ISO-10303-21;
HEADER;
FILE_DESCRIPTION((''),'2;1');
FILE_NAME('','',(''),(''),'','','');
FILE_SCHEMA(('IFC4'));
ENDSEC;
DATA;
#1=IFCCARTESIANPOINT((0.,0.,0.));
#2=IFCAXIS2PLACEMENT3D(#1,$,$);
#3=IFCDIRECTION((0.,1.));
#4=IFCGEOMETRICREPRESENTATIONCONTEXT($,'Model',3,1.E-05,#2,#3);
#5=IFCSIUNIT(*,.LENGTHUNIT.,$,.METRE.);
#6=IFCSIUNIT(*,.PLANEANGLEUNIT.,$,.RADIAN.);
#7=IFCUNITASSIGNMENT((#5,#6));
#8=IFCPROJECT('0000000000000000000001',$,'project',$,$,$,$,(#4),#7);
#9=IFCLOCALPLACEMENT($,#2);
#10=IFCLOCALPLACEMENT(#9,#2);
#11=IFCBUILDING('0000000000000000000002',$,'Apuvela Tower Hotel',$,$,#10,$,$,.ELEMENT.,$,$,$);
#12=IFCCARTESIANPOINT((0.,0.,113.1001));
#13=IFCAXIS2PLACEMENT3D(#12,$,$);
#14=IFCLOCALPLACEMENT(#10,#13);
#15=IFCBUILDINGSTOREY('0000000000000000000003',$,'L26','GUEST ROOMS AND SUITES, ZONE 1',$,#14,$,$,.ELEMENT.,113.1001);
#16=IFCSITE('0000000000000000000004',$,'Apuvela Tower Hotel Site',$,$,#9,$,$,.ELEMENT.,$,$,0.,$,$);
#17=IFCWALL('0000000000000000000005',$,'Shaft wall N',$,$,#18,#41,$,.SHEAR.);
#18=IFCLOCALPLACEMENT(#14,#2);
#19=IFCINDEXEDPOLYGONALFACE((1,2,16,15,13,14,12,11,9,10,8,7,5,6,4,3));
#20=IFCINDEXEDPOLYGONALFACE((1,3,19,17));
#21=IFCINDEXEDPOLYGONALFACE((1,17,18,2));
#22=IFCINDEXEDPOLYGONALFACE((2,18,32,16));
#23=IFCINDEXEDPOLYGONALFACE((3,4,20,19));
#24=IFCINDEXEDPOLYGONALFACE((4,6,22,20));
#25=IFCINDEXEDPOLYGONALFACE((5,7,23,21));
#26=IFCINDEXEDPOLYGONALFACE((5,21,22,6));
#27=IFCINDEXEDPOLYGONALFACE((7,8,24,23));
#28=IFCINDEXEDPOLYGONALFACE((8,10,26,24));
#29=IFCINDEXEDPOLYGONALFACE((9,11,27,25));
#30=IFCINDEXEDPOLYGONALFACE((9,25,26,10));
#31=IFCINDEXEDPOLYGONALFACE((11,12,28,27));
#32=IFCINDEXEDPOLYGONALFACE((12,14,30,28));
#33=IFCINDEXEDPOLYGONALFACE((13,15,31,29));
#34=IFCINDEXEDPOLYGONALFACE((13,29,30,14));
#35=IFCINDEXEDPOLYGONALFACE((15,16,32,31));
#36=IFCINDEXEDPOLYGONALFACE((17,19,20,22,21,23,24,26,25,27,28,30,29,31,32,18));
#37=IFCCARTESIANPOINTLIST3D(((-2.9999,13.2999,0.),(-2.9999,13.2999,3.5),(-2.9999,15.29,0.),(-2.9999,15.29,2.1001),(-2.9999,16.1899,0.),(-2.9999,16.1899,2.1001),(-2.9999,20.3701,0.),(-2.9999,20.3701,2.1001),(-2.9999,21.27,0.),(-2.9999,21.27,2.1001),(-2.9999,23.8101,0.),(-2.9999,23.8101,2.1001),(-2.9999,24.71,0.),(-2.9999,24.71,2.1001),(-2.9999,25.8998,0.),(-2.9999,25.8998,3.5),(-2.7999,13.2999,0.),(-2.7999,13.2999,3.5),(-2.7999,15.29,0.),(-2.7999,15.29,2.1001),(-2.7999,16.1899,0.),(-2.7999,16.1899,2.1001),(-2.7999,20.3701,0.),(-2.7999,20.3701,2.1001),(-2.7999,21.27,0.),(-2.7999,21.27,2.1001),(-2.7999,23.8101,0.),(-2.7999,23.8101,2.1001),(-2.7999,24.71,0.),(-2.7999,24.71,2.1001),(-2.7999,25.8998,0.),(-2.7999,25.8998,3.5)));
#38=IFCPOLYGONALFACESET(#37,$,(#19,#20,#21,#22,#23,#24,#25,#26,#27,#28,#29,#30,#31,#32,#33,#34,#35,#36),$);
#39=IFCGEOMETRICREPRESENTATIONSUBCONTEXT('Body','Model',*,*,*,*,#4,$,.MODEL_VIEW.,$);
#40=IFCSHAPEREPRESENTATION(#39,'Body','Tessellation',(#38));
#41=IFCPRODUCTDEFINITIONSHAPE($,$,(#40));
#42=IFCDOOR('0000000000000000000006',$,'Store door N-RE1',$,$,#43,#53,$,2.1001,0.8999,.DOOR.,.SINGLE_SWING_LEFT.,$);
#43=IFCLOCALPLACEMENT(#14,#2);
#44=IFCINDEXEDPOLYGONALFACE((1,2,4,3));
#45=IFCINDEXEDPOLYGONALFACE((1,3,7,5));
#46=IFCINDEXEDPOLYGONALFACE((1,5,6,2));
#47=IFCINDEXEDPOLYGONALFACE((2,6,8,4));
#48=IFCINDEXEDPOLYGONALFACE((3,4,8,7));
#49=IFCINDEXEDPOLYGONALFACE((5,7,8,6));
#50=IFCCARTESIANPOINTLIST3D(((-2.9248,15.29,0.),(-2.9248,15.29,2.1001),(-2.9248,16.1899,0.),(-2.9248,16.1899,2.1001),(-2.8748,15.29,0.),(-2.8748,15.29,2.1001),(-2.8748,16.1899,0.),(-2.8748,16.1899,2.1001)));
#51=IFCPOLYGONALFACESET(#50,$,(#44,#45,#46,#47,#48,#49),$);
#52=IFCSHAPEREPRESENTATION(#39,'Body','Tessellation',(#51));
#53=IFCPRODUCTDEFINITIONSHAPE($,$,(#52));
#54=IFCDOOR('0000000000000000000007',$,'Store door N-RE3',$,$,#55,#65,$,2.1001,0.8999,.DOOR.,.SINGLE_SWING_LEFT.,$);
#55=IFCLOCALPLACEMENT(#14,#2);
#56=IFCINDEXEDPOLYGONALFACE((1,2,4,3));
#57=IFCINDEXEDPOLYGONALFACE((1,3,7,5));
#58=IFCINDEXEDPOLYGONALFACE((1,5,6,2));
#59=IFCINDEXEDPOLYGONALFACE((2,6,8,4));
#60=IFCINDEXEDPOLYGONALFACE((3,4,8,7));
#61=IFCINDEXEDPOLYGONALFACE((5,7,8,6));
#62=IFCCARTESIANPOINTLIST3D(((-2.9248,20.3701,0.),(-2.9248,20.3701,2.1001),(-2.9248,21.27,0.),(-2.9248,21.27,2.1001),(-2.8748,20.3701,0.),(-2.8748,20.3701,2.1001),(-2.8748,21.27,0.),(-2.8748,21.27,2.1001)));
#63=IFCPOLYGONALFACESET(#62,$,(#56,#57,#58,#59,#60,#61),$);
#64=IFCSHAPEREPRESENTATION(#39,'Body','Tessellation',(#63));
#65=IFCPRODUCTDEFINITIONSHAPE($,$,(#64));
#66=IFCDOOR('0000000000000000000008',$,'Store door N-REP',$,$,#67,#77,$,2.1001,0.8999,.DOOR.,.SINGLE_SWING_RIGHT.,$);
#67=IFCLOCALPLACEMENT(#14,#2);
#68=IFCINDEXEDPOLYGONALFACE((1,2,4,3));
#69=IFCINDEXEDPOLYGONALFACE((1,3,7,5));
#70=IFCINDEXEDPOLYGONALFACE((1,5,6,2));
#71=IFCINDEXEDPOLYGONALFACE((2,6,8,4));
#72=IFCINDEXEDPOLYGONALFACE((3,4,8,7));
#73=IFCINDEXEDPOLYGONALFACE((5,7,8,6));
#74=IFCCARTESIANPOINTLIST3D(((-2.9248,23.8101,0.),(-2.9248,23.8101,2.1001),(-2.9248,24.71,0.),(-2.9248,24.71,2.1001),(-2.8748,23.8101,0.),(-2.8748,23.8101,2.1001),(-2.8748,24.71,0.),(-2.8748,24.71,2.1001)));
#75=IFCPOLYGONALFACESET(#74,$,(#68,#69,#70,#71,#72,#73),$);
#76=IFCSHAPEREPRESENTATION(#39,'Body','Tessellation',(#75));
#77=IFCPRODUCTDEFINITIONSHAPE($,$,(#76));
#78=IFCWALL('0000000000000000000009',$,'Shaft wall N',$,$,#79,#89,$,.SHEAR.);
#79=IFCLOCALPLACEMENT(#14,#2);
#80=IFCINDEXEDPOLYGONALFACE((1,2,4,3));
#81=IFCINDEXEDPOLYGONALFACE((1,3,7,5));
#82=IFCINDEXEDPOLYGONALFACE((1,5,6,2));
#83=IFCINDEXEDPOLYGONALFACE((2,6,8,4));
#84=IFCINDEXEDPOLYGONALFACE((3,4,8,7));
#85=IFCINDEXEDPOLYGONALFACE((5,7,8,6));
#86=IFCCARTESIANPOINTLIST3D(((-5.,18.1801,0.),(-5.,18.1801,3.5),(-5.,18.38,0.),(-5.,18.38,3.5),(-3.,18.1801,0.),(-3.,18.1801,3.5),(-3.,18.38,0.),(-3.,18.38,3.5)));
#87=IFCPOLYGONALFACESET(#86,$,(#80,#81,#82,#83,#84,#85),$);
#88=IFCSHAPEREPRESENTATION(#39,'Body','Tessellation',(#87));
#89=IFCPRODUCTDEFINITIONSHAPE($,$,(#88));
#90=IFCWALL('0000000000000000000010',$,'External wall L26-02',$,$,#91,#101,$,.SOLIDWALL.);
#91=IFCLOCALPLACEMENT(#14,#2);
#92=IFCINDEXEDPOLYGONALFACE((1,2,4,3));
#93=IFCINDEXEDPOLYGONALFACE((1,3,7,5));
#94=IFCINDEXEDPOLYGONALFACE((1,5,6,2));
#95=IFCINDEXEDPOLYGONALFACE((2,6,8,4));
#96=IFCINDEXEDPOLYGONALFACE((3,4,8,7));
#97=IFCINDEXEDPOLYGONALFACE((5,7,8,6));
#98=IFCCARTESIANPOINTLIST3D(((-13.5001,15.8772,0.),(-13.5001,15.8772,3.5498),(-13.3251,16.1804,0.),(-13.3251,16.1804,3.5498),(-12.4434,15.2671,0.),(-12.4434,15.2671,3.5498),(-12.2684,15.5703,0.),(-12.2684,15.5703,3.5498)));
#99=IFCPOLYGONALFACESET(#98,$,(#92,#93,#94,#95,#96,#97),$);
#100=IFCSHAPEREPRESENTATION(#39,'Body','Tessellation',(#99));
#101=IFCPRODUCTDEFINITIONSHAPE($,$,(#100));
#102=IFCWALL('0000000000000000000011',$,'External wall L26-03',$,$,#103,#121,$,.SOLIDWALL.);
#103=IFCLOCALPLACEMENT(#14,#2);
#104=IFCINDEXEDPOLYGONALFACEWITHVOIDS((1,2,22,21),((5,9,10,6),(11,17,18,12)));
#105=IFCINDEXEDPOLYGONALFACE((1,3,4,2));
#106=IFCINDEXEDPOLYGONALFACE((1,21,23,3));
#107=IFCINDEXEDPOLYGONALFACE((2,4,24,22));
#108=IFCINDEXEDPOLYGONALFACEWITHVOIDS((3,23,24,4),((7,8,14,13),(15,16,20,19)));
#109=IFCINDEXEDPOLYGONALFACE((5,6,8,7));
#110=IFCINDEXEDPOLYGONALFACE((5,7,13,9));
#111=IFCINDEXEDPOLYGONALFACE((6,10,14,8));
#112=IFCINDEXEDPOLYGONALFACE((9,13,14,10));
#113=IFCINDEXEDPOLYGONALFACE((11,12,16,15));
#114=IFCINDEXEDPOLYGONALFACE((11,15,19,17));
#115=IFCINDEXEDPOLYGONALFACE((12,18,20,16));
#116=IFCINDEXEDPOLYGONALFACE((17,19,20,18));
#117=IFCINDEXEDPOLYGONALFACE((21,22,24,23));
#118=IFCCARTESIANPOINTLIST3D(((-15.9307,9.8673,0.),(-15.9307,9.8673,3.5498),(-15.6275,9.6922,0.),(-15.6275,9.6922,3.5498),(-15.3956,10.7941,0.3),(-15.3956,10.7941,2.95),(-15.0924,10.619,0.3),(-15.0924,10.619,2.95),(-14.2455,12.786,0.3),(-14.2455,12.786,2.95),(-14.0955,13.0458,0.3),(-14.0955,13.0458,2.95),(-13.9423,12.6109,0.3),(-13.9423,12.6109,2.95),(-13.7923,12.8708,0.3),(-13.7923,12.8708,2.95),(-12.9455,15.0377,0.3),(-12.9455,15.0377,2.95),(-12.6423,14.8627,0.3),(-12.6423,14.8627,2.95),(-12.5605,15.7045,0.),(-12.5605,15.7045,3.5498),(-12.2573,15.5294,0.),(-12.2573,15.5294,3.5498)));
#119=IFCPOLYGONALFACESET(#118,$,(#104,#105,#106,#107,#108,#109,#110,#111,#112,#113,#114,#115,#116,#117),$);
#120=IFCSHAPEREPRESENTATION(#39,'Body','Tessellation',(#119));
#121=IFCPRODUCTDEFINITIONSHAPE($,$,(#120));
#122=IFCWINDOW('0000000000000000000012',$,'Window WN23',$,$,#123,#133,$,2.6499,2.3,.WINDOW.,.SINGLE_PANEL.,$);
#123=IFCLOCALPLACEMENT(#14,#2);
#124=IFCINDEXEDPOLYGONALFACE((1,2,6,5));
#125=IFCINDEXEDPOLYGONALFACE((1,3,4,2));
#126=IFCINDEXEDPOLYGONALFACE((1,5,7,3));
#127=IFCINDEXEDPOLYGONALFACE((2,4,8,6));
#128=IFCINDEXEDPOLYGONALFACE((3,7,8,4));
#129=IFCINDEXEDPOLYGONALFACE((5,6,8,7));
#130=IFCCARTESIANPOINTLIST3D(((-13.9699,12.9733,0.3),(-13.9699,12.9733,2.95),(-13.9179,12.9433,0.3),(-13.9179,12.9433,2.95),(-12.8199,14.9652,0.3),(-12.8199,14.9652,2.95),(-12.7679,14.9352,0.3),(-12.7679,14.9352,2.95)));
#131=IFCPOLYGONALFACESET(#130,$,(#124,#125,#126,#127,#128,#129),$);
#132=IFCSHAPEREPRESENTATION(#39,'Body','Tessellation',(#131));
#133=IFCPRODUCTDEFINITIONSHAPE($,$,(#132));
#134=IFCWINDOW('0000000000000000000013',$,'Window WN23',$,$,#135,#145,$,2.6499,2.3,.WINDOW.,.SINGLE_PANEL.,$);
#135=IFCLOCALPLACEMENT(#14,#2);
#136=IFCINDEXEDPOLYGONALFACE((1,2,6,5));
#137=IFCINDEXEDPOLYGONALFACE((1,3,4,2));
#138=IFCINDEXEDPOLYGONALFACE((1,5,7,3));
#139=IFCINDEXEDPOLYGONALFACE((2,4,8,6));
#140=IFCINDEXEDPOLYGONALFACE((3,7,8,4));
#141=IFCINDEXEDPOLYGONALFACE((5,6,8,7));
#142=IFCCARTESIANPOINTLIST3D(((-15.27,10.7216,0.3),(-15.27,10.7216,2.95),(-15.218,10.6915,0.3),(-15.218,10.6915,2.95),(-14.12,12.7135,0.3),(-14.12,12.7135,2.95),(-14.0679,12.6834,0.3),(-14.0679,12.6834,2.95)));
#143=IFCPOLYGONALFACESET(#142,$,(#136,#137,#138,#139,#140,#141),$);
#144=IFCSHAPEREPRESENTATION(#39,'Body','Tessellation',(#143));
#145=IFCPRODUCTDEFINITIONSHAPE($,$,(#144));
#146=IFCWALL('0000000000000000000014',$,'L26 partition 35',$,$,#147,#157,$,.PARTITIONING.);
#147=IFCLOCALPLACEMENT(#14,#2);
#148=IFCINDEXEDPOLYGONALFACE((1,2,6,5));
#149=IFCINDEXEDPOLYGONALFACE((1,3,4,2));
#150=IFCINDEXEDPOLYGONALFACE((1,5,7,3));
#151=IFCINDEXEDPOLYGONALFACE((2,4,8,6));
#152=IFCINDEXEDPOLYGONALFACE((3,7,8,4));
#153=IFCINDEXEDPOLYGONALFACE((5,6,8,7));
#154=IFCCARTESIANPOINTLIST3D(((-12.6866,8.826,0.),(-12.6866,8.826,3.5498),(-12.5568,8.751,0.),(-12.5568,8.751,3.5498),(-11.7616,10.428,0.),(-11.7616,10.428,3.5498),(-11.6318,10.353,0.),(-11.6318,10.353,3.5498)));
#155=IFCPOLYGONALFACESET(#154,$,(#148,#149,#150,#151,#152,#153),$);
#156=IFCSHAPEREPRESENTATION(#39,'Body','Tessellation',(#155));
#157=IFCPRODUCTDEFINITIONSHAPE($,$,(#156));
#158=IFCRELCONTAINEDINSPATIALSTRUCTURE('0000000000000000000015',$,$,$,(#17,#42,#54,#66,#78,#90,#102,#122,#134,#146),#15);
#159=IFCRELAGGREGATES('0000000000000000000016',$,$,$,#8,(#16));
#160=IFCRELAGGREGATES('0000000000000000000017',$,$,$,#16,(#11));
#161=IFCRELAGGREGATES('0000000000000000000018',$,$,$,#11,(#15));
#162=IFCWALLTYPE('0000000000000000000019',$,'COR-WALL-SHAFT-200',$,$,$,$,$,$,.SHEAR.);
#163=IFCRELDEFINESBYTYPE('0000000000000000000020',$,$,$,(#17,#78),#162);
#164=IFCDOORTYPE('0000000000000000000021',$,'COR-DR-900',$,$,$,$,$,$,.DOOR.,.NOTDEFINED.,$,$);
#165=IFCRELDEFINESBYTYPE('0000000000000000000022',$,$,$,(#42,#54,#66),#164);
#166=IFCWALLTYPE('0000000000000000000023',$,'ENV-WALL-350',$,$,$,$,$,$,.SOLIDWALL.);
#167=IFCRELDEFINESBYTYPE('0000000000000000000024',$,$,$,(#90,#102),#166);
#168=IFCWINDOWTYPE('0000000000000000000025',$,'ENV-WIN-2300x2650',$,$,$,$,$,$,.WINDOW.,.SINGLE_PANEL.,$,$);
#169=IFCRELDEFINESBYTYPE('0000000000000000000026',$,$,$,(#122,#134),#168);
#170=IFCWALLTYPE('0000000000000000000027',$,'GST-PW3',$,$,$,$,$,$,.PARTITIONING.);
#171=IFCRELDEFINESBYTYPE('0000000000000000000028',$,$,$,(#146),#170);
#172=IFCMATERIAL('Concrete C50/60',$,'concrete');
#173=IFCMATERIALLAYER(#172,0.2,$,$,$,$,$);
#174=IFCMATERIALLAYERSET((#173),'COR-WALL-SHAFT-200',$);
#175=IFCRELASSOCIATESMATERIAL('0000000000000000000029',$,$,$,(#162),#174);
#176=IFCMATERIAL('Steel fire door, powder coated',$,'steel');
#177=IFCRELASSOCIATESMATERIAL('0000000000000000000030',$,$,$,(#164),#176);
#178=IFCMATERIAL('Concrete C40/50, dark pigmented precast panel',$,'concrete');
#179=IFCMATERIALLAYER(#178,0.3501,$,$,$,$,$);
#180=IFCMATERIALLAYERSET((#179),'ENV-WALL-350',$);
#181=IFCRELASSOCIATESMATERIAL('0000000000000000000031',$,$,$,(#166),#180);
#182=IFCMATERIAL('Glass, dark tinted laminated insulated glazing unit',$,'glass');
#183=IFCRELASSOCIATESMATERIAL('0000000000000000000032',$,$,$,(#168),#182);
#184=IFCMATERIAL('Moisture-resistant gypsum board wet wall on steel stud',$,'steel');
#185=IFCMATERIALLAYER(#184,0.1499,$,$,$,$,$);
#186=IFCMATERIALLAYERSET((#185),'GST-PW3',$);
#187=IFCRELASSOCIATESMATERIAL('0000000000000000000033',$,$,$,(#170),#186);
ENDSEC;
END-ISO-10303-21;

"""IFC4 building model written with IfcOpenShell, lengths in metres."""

from ifc_helpers import new_model, si_unit, direction, frame, frame_2d, origin, place, context, subcontext, project, spatial, rectangle, extrude, material, layer, layer_set, type_object, element, fill, save


model = new_model("IFC4")

# Units and contexts
model_context = context("Model", 3, precision=1e-05, world=origin(), true_north=direction((0.0, 1.0)))
body_context = subcontext(model_context, "Body", "Model", "MODEL_VIEW")
ifc_project = project(units=[si_unit("LENGTHUNIT", "METRE"), si_unit("PLANEANGLEUNIT", "RADIAN")], contexts=[model_context])

# Site, building, storey
site_placement = place(None, origin())
site = spatial("IfcSite", under=ifc_project, at=site_placement, Name="Apuvela Tower Hotel Site", CompositionType="ELEMENT", RefElevation=0.0)
building_placement = place(site_placement, origin())
building = spatial("IfcBuilding", under=site, at=building_placement, Name="Apuvela Tower Hotel", CompositionType="ELEMENT")
storey_placement = place(building_placement, frame((0.0, 0.0, 113.1001)))
storey = spatial("IfcBuildingStorey", under=building, at=storey_placement, Name="L26", Description="GUEST ROOMS AND SUITES, ZONE 1", CompositionType="ELEMENT", Elevation=113.1001)

# Shared definitions
ifc_material_1 = material(Name="Concrete C50/60", Category="concrete")
ifc_layer_1 = layer(ifc_material_1, 0.2)
ifc_layer_set_1 = layer_set([ifc_layer_1], Name="COR-WALL-SHAFT-200")
wall_type_1 = type_object("IfcWallType", Name="COR-WALL-SHAFT-200", PredefinedType="SHEAR", material=ifc_layer_set_1)

# Wall, openings, doors
wall_1_placement = place(storey_placement, frame((-2.8999, 13.3, 0.0), z_axis=(0.0, 0.0, 1.0), x_axis=(0.0, 1.0, 0.0)))
wall_1 = element("IfcWall", 1, at=wall_1_placement, inside=storey, type_object=wall_type_1, Name="Shaft wall N", PredefinedType="SHEAR", context=body_context, shape_type="SweptSolid", body=[
    extrude(rectangle(XDim=12.5999, YDim=0.2, at=frame_2d((6.2998, 0.0))), origin(), (0.0, 0.0, 1.0), 3.5),
])
opening_1_placement = place(wall_1_placement, frame((1.99, 0.0, 0.0)))
opening_1 = element("IfcOpeningElement", 2, at=opening_1_placement, cuts=wall_1, PredefinedType="OPENING", context=body_context, shape_type="SweptSolid", body=[
    extrude(rectangle(XDim=0.8999, YDim=2.1001, at=frame_2d((0.45, 1.05))), frame((0.0, 0.1099, 0.0), z_axis=(0.0, -1.0, 0.0), x_axis=(1.0, 0.0, 0.0)), (0.0, 0.0, 1.0), 0.22),
])
opening_2_placement = place(wall_1_placement, frame((7.0701, 0.0, 0.0)))
opening_2 = element("IfcOpeningElement", 3, at=opening_2_placement, cuts=wall_1, PredefinedType="OPENING", context=body_context, shape_type="SweptSolid", body=[
    extrude(rectangle(XDim=0.8999, YDim=2.1001, at=frame_2d((0.45, 1.05))), frame((0.0, 0.1099, 0.0), z_axis=(0.0, -1.0, 0.0), x_axis=(1.0, 0.0, 0.0)), (0.0, 0.0, 1.0), 0.22),
])
opening_3_placement = place(wall_1_placement, frame((10.51, 0.0, 0.0)))
opening_3 = element("IfcOpeningElement", 4, at=opening_3_placement, cuts=wall_1, PredefinedType="OPENING", context=body_context, shape_type="SweptSolid", body=[
    extrude(rectangle(XDim=0.8999, YDim=2.1001, at=frame_2d((0.45, 1.05))), frame((0.0, 0.1099, 0.0), z_axis=(0.0, -1.0, 0.0), x_axis=(1.0, 0.0, 0.0)), (0.0, 0.0, 1.0), 0.22),
])
ifc_material_2 = material(Name="Steel fire door, powder coated", Category="steel")
door_type_1 = type_object("IfcDoorType", Name="COR-DR-900", OperationType="NOTDEFINED", PredefinedType="DOOR", material=ifc_material_2)
door_1_placement = place(opening_1_placement, origin())
door_1 = element("IfcDoor", 5, at=door_1_placement, inside=storey, type_object=door_type_1, Name="Store door N-RE1", OperationType="SINGLE_SWING_LEFT", OverallHeight=2.1001, OverallWidth=0.8999, PredefinedType="DOOR", context=body_context, shape_type="SweptSolid", body=[
    extrude(rectangle(XDim=0.8999, YDim=2.1001, at=frame_2d((0.45, 1.05))), frame((0.0, 0.0249, 0.0), z_axis=(0.0, -1.0, 0.0), x_axis=(1.0, 0.0, 0.0)), (0.0, 0.0, 1.0), 0.05),
])
fill(opening_1, door_1)
door_2_placement = place(opening_2_placement, origin())
door_2 = element("IfcDoor", 6, at=door_2_placement, inside=storey, type_object=door_type_1, Name="Store door N-RE3", OperationType="SINGLE_SWING_LEFT", OverallHeight=2.1001, OverallWidth=0.8999, PredefinedType="DOOR", context=body_context, shape_type="SweptSolid", body=[
    extrude(rectangle(XDim=0.8999, YDim=2.1001, at=frame_2d((0.45, 1.05))), frame((0.0, 0.0249, 0.0), z_axis=(0.0, -1.0, 0.0), x_axis=(1.0, 0.0, 0.0)), (0.0, 0.0, 1.0), 0.05),
])
fill(opening_2, door_2)
door_3_placement = place(opening_3_placement, origin())
door_3 = element("IfcDoor", 7, at=door_3_placement, inside=storey, type_object=door_type_1, Name="Store door N-REP", OperationType="SINGLE_SWING_RIGHT", OverallHeight=2.1001, OverallWidth=0.8999, PredefinedType="DOOR", context=body_context, shape_type="SweptSolid", body=[
    extrude(rectangle(XDim=0.8999, YDim=2.1001, at=frame_2d((0.45, 1.05))), frame((0.0, 0.0249, 0.0), z_axis=(0.0, -1.0, 0.0), x_axis=(1.0, 0.0, 0.0)), (0.0, 0.0, 1.0), 0.05),
])
fill(opening_3, door_3)

# Walls
wall_2_placement = place(storey_placement, frame((-3.0, 18.28, 0.0), z_axis=(0.0, 0.0, 1.0), x_axis=(-1.0, 0.0, 0.0)))
element("IfcWall", 8, at=wall_2_placement, inside=storey, type_object=wall_type_1, Name="Shaft wall N", PredefinedType="SHEAR", context=body_context, shape_type="SweptSolid", body=[
    extrude(rectangle(XDim=2.0, YDim=0.2, at=frame_2d((1.0, 0.0))), origin(), (0.0, 0.0, 1.0), 3.5),
])
ifc_material_3 = material(Name="Concrete C40/50, dark pigmented precast panel", Category="concrete")
ifc_layer_2 = layer(ifc_material_3, 0.3501)
ifc_layer_set_2 = layer_set([ifc_layer_2], Name="ENV-WALL-350")
wall_type_2 = type_object("IfcWallType", Name="ENV-WALL-350", PredefinedType="SOLIDWALL", material=ifc_layer_set_2)
wall_3_placement = place(storey_placement, frame((-13.4126, 16.0288, 0.0), z_axis=(0.0, 0.0, 1.0), x_axis=(0.866006, -0.500034, 0.0)))
element("IfcWall", 9, at=wall_3_placement, inside=storey, type_object=wall_type_2, Name="External wall L26-02", PredefinedType="SOLIDWALL", context=body_context, shape_type="SweptSolid", body=[
    extrude(rectangle(XDim=1.2202, YDim=0.3501, at=frame_2d((0.6101, 0.0))), origin(), (0.0, 0.0, 1.0), 3.5498),
])

# Wall, openings, windows
wall_4_placement = place(storey_placement, frame((-12.4089, 15.6169, 0.0), z_axis=(0.0, 0.0, 1.0), x_axis=(-0.500004, -0.866023, 0.0)))
wall_4 = element("IfcWall", 10, at=wall_4_placement, inside=storey, type_object=wall_type_2, Name="External wall L26-03", PredefinedType="SOLIDWALL", context=body_context, shape_type="SweptSolid", body=[
    extrude(rectangle(XDim=6.7402, YDim=0.3501, at=frame_2d((3.3701, 0.0))), origin(), (0.0, 0.0, 1.0), 3.5498),
])
opening_4_placement = place(wall_4_placement, frame((0.77, 0.0, 0.3)))
opening_4 = element("IfcOpeningElement", 11, at=opening_4_placement, cuts=wall_4, PredefinedType="OPENING", context=body_context, shape_type="SweptSolid", body=[
    extrude(rectangle(XDim=2.3, YDim=2.6499, at=frame_2d((1.1499, 1.325))), frame((0.0, 0.1851, 0.0), z_axis=(0.0, -1.0, 0.0), x_axis=(1.0, 0.0, 0.0)), (0.0, 0.0, 1.0), 0.3701),
])
opening_5_placement = place(wall_4_placement, frame((3.3701, 0.0, 0.3)))
opening_5 = element("IfcOpeningElement", 12, at=opening_5_placement, cuts=wall_4, PredefinedType="OPENING", context=body_context, shape_type="SweptSolid", body=[
    extrude(rectangle(XDim=2.3, YDim=2.6499, at=frame_2d((1.1499, 1.325))), frame((0.0, 0.1851, 0.0), z_axis=(0.0, -1.0, 0.0), x_axis=(1.0, 0.0, 0.0)), (0.0, 0.0, 1.0), 0.3701),
])
ifc_material_4 = material(Name="Glass, dark tinted laminated insulated glazing unit", Category="glass")
window_type_1 = type_object("IfcWindowType", Name="ENV-WIN-2300x2650", PartitioningType="SINGLE_PANEL", PredefinedType="WINDOW", material=ifc_material_4)
window_1_placement = place(opening_4_placement, origin())
window_1 = element("IfcWindow", 13, at=window_1_placement, inside=storey, type_object=window_type_1, Name="Window WN23", OverallHeight=2.6499, OverallWidth=2.3, PartitioningType="SINGLE_PANEL", PredefinedType="WINDOW", context=body_context, shape_type="SweptSolid", body=[
    extrude(rectangle(XDim=2.3, YDim=2.6499, at=frame_2d((1.1499, 1.325))), frame((0.0, 0.03, 0.0), z_axis=(0.0, -1.0, 0.0), x_axis=(1.0, 0.0, 0.0)), (0.0, 0.0, 1.0), 0.0601),
])
fill(opening_4, window_1)
window_2_placement = place(opening_5_placement, origin())
window_2 = element("IfcWindow", 14, at=window_2_placement, inside=storey, type_object=window_type_1, Name="Window WN23", OverallHeight=2.6499, OverallWidth=2.3, PartitioningType="SINGLE_PANEL", PredefinedType="WINDOW", context=body_context, shape_type="SweptSolid", body=[
    extrude(rectangle(XDim=2.3, YDim=2.6499, at=frame_2d((1.1499, 1.325))), frame((0.0, 0.03, 0.0), z_axis=(0.0, -1.0, 0.0), x_axis=(1.0, 0.0, 0.0)), (0.0, 0.0, 1.0), 0.0601),
])
fill(opening_5, window_2)

# Wall
ifc_material_5 = material(Name="Moisture-resistant gypsum board wet wall on steel stud", Category="steel")
ifc_layer_3 = layer(ifc_material_5, 0.1499)
ifc_layer_set_3 = layer_set([ifc_layer_3], Name="GST-PW3")
wall_type_3 = type_object("IfcWallType", Name="GST-PW3", PredefinedType="PARTITIONING", material=ifc_layer_set_3)
wall_5_placement = place(storey_placement, frame((-11.6968, 10.3904, 0.0), z_axis=(0.0, 0.0, 1.0), x_axis=(-0.500042, -0.866001, 0.0)))
element("IfcWall", 15, at=wall_5_placement, inside=storey, type_object=wall_type_3, Name="L26 partition 35", PredefinedType="PARTITIONING", context=body_context, shape_type="SweptSolid", body=[
    extrude(rectangle(XDim=1.8499, YDim=0.1499, at=frame_2d((0.9248, 0.0))), origin(), (0.0, 0.0, 1.0), 3.5498),
])

save(model, "model.ifc")
